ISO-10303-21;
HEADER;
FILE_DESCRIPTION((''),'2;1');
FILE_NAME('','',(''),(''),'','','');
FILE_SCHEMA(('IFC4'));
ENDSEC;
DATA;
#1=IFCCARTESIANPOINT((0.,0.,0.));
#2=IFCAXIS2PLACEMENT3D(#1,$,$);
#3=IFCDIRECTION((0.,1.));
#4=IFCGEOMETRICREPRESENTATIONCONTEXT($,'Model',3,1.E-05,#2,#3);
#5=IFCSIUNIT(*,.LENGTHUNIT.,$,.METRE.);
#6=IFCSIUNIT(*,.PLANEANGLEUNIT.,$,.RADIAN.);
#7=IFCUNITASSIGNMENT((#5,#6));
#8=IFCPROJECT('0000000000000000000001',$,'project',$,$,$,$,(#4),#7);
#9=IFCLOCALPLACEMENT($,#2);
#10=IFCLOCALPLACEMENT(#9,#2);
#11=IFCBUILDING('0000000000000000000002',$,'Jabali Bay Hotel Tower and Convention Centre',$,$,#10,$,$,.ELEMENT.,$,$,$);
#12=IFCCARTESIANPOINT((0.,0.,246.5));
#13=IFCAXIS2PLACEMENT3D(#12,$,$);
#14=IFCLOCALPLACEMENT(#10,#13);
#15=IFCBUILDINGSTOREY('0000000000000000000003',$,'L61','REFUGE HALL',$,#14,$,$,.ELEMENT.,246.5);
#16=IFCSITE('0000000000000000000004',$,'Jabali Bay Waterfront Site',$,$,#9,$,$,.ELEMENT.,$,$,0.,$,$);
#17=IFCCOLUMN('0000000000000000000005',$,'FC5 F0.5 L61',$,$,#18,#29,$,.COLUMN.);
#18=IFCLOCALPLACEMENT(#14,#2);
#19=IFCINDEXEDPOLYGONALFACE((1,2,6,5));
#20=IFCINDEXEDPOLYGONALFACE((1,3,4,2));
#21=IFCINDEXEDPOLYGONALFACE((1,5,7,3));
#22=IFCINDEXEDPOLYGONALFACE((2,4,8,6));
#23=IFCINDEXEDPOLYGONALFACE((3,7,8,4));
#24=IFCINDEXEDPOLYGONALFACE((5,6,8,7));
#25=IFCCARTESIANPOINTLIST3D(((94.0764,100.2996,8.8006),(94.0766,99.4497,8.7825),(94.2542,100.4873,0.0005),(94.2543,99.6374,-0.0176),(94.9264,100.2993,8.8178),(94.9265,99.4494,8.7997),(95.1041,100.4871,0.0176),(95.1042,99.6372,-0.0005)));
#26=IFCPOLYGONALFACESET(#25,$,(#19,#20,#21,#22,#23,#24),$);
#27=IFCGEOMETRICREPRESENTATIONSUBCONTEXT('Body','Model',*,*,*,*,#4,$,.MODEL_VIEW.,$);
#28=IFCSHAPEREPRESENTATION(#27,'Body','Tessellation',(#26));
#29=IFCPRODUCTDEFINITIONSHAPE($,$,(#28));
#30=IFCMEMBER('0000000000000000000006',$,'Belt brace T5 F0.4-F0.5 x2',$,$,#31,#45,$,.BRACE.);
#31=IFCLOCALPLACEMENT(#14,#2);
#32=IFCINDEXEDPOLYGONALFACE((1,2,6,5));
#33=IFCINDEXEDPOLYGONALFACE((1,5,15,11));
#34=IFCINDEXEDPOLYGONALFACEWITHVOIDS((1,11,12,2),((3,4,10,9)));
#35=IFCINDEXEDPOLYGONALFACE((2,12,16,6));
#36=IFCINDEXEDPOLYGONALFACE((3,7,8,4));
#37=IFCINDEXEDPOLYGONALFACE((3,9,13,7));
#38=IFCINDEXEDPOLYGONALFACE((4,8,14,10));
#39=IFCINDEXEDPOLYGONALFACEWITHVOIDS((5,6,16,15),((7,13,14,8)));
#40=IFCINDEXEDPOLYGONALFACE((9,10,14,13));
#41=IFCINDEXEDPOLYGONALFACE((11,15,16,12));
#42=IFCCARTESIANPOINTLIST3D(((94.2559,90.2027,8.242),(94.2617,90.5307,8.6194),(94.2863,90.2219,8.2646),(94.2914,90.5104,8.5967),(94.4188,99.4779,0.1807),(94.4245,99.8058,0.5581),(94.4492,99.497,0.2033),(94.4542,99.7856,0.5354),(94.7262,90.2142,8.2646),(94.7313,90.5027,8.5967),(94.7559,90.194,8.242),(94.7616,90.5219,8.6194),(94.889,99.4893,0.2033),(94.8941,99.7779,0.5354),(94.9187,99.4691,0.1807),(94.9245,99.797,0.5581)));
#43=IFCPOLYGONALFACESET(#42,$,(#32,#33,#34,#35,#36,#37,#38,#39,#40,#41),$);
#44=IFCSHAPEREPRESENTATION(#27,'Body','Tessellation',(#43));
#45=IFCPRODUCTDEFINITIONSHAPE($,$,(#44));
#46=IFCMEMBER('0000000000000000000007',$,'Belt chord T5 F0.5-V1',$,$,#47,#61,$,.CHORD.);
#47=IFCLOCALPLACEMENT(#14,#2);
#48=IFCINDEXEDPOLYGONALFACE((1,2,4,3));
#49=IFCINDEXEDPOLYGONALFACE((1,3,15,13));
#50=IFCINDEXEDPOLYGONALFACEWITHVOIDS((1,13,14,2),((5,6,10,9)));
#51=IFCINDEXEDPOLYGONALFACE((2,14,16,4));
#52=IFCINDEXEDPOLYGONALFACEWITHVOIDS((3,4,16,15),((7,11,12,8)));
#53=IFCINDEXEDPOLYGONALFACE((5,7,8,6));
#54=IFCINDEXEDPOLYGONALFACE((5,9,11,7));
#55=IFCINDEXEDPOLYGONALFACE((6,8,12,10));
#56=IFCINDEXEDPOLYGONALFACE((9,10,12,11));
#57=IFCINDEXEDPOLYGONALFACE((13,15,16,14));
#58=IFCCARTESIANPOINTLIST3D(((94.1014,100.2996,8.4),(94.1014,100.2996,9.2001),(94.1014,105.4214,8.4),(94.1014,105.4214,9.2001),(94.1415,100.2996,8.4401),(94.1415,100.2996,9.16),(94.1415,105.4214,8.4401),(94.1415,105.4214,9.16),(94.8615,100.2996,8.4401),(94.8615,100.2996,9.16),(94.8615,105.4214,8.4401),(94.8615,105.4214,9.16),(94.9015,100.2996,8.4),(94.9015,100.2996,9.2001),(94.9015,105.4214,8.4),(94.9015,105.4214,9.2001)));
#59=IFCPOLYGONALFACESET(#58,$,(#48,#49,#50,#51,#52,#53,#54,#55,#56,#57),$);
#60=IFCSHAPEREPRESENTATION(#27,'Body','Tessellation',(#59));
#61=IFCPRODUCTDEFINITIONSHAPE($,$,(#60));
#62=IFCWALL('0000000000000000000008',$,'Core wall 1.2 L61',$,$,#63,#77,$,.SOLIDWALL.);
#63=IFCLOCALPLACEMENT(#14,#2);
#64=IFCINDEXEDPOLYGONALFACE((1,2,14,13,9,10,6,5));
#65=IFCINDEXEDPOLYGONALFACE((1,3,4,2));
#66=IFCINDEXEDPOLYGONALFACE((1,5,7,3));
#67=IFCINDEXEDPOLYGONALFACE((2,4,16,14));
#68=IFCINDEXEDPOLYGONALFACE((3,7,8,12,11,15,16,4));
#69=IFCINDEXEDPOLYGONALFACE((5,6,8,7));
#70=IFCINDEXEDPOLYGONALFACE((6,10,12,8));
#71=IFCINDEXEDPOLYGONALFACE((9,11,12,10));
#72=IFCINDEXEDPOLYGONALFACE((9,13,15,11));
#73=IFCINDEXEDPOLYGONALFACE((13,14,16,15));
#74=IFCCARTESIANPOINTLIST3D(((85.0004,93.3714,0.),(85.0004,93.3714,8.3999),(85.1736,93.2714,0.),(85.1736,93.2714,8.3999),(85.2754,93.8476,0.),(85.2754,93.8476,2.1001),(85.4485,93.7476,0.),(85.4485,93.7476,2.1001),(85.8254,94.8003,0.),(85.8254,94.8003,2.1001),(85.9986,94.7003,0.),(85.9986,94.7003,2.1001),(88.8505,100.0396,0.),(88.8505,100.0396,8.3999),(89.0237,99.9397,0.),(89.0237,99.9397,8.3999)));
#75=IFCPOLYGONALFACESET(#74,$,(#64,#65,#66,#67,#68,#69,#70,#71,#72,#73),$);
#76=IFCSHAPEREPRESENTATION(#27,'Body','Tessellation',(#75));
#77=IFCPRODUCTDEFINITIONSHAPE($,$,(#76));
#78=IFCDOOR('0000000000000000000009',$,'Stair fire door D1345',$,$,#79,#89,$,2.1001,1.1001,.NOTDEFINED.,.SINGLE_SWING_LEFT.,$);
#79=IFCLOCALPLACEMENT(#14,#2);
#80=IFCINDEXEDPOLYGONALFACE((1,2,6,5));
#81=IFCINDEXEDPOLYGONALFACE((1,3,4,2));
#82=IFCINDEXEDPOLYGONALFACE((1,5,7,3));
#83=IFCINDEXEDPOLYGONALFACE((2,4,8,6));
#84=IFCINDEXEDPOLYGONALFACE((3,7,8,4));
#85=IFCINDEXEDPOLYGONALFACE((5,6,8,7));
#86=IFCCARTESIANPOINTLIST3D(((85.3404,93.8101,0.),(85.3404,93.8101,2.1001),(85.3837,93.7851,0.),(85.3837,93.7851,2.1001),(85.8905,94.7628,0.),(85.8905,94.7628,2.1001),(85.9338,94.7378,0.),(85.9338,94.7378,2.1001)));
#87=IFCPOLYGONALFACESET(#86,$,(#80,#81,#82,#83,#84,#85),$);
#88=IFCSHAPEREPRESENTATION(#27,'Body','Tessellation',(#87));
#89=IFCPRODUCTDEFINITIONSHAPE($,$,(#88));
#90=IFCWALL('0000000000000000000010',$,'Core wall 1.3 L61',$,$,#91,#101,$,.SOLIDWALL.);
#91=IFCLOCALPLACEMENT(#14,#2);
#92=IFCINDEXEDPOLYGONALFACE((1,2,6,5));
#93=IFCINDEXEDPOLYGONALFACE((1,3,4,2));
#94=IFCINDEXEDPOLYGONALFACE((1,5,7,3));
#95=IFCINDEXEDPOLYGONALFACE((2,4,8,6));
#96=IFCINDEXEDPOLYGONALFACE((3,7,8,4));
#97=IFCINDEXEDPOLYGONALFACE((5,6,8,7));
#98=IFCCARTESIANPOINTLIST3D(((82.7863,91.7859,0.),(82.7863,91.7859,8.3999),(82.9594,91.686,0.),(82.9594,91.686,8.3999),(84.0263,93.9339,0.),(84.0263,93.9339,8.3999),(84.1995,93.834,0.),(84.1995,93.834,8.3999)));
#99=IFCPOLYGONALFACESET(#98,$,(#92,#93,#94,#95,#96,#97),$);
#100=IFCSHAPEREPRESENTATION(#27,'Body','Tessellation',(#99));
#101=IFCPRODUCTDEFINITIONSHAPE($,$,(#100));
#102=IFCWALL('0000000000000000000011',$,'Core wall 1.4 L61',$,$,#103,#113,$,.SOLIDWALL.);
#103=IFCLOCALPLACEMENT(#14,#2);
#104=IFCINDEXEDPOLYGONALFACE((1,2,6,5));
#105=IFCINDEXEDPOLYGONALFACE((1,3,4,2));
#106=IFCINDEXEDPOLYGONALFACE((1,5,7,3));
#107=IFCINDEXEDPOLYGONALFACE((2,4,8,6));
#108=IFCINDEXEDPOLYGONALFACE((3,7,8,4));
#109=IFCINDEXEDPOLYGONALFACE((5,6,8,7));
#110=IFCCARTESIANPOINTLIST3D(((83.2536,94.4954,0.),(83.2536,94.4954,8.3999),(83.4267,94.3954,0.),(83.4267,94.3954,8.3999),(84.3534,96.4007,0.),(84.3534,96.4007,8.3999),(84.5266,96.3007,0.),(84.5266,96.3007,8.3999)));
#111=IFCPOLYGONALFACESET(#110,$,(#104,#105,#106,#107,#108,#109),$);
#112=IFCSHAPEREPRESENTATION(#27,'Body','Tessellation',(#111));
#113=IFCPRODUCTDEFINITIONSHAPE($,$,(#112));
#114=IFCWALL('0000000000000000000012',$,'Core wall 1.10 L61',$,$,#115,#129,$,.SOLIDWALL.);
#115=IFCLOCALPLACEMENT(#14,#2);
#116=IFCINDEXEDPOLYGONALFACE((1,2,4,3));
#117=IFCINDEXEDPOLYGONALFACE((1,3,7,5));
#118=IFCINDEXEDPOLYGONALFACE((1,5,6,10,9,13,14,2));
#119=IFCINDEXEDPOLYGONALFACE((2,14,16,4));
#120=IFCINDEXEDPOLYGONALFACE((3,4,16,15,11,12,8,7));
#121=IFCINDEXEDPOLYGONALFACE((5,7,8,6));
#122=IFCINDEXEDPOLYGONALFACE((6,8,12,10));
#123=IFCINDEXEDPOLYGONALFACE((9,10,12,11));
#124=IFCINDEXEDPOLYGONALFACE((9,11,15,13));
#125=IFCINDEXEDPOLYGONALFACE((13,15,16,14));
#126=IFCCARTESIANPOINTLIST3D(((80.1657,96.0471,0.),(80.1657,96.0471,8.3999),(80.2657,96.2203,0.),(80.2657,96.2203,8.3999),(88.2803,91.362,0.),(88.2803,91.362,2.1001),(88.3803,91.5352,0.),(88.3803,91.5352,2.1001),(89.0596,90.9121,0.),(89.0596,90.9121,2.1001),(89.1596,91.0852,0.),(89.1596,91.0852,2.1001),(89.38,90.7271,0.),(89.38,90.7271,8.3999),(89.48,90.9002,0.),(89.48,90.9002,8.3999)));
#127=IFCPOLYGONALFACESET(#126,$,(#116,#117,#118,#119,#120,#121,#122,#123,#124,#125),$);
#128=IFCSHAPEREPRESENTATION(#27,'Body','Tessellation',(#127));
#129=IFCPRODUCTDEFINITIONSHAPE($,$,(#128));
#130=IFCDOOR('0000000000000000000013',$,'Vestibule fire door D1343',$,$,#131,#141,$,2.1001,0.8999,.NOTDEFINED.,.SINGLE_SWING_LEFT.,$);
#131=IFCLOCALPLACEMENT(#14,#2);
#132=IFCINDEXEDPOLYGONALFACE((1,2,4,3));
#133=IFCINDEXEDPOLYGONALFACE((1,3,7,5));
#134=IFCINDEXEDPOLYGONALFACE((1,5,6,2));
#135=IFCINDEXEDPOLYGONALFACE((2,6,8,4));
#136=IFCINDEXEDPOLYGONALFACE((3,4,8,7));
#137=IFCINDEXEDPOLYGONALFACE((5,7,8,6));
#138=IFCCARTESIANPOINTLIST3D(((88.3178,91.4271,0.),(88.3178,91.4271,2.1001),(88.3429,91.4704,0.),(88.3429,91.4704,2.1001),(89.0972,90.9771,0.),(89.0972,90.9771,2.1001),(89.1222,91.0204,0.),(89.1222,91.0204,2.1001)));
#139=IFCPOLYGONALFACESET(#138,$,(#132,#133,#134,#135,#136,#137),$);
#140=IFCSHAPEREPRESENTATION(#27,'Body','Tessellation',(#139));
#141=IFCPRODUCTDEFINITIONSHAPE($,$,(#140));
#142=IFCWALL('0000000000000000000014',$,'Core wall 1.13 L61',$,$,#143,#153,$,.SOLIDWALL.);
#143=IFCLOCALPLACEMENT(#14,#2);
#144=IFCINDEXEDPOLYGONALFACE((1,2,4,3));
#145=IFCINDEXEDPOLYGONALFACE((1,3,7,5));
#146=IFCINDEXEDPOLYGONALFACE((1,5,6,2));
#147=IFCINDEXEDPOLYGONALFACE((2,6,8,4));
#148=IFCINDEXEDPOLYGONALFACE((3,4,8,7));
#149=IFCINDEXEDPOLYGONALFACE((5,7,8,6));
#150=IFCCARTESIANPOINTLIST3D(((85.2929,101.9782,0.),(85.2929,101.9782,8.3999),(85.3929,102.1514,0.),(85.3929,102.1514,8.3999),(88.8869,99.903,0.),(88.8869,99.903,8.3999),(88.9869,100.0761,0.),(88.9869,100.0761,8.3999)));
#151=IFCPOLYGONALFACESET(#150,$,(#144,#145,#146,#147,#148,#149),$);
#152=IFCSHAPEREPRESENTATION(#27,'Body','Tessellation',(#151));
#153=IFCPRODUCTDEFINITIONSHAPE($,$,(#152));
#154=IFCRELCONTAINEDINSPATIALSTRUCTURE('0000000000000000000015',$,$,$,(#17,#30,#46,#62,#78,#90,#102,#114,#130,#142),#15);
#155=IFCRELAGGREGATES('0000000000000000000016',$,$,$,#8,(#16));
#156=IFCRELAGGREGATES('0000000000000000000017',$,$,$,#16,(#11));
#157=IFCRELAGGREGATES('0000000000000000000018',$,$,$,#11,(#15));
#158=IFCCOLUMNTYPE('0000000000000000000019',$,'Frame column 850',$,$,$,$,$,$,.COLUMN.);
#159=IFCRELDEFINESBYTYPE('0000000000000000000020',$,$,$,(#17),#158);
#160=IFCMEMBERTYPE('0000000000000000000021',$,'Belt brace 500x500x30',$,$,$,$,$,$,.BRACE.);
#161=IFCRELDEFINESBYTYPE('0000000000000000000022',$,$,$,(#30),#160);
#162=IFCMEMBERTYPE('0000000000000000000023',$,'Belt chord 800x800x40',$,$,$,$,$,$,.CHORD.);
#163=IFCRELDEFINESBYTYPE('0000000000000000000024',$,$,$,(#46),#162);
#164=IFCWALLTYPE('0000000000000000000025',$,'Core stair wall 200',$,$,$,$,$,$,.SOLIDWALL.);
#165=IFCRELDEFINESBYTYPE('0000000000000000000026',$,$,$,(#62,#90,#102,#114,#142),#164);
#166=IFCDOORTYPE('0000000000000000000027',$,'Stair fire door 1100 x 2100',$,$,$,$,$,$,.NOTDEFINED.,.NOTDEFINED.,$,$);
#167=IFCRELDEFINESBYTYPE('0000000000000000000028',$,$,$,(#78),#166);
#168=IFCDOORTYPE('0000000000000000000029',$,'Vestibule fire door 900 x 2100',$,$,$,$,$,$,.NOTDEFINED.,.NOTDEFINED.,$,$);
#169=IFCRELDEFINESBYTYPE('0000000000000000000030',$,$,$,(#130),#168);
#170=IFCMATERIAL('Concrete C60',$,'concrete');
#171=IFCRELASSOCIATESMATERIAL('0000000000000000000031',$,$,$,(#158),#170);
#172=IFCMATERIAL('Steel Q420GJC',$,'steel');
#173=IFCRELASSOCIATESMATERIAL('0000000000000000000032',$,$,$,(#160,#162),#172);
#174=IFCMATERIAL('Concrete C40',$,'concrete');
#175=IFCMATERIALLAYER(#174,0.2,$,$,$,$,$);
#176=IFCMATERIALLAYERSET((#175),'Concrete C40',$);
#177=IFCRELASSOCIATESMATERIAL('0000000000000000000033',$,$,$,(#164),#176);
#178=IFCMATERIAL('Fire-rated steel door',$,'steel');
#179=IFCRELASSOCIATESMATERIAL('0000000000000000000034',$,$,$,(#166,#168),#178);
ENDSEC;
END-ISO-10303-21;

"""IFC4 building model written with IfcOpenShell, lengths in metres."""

from ifc_helpers import new_model, si_unit, direction, frame, frame_2d, origin, origin_2d, place, context, subcontext, project, spatial, rectangle, hollow_rectangle, extrude, material, layer, layer_set, material_profile, profile_set, type_object, element, fill, save


model = new_model("IFC4")

# Units and contexts
model_context = context("Model", 3, precision=1e-05, world=origin(), true_north=direction((0.0, 1.0)))
body_context = subcontext(model_context, "Body", "Model", "MODEL_VIEW")
ifc_project = project(units=[si_unit("LENGTHUNIT", "METRE"), si_unit("PLANEANGLEUNIT", "RADIAN")], contexts=[model_context])

# Site, building, storey
site_placement = place(None, origin())
site = spatial("IfcSite", under=ifc_project, at=site_placement, Name="Jabali Bay Waterfront Site", CompositionType="ELEMENT", RefElevation=0.0)
building_placement = place(site_placement, origin())
building = spatial("IfcBuilding", under=site, at=building_placement, Name="Jabali Bay Hotel Tower and Convention Centre", CompositionType="ELEMENT")
storey_placement = place(building_placement, frame((0.0, 0.0, 246.5)))
storey = spatial("IfcBuildingStorey", under=building, at=storey_placement, Name="L61", Description="REFUGE HALL", CompositionType="ELEMENT", Elevation=246.5)

# Column
ifc_material_1 = material(Name="Concrete C60", Category="concrete")
ifc_material_profile_1 = material_profile(ifc_material_1, rectangle(XDim=0.8501, YDim=0.8501, at=origin_2d()), Name="Frame column 850")
ifc_profile_set_1 = profile_set([ifc_material_profile_1], Name="Concrete C60")
column_type = type_object("IfcColumnType", Name="Frame column 850", PredefinedType="COLUMN", material=ifc_profile_set_1)
column_placement = place(storey_placement, frame((94.6792, 100.0623, 0.0), z_axis=(-0.020188, -0.021325, 0.999569), x_axis=(0.999796, -0.000296, 0.020187)))
element("IfcColumn", 1, at=column_placement, inside=storey, type_object=column_type, Name="FC5 F0.5 L61", PredefinedType="COLUMN", context=body_context, shape_type="SweptSolid", body=[
    extrude(rectangle(XDim=0.8501, YDim=0.8501, at=origin_2d()), origin(), (0.0, 0.0, 1.0), 8.804),
])

# Members
ifc_material_2 = material(Name="Steel Q420GJC", Category="steel")
ifc_material_profile_2 = material_profile(ifc_material_2, hollow_rectangle(XDim=0.5, YDim=0.5, WallThickness=0.03, at=origin_2d()), Name="Belt brace 500x500x30")
ifc_profile_set_2 = profile_set([ifc_material_profile_2], Name="Steel Q420GJC")
member_type_1 = type_object("IfcMemberType", Name="Belt brace 500x500x30", PredefinedType="BRACE", material=ifc_profile_set_2)
member_1_placement = place(storey_placement, frame((94.6716, 99.6375, 0.3694), z_axis=(-0.01325, -0.754703, 0.655933), x_axis=(0.999846, -0.017554, 0.0)))
element("IfcMember", 2, at=member_1_placement, inside=storey, type_object=member_type_1, Name="Belt brace T5 F0.4-F0.5 x2", PredefinedType="BRACE", context=body_context, shape_type="SweptSolid", body=[
    extrude(hollow_rectangle(XDim=0.5, YDim=0.5, WallThickness=0.03, at=origin_2d()), origin(), (0.0, 0.0, 1.0), 12.2898),
])
ifc_material_profile_3 = material_profile(ifc_material_2, hollow_rectangle(XDim=0.8, YDim=0.8, WallThickness=0.04, at=origin_2d()), Name="Belt chord 800x800x40")
ifc_profile_set_3 = profile_set([ifc_material_profile_3], Name="Steel Q420GJC")
member_type_2 = type_object("IfcMemberType", Name="Belt chord 800x800x40", PredefinedType="CHORD", material=ifc_profile_set_3)
member_2_placement = place(storey_placement, frame((94.5015, 100.2996, 8.8), z_axis=(0.0, 1.0, 0.0), x_axis=(-1.0, 0.0, 0.0)))
element("IfcMember", 3, at=member_2_placement, inside=storey, type_object=member_type_2, Name="Belt chord T5 F0.5-V1", PredefinedType="CHORD", context=body_context, shape_type="SweptSolid", body=[
    extrude(hollow_rectangle(XDim=0.8, YDim=0.8, WallThickness=0.04, at=origin_2d()), origin(), (0.0, 0.0, 1.0), 5.1218),
])

# Wall, opening, door
ifc_material_3 = material(Name="Concrete C40", Category="concrete")
ifc_layer = layer(ifc_material_3, 0.2)
ifc_layer_set = layer_set([ifc_layer], Name="Concrete C40")
wall_type = type_object("IfcWallType", Name="Core stair wall 200", PredefinedType="SOLIDWALL", material=ifc_layer_set)
wall_1_placement = place(storey_placement, frame((85.0869, 93.3213, 0.0), z_axis=(0.0, 0.0, 1.0), x_axis=(0.50002, 0.866014, 0.0)))
wall_1 = element("IfcWall", 4, at=wall_1_placement, inside=storey, type_object=wall_type, Name="Core wall 1.2 L61", PredefinedType="SOLIDWALL", context=body_context, shape_type="SweptSolid", body=[
    extrude(rectangle(XDim=7.7, YDim=0.2, at=frame_2d((3.8501, 0.0))), origin(), (0.0, 0.0, 1.0), 8.3999),
])
opening_1_placement = place(wall_1_placement, frame((0.55, 0.0, 0.0)))
opening_1 = element("IfcOpeningElement", 5, at=opening_1_placement, cuts=wall_1, PredefinedType="OPENING", context=body_context, shape_type="SweptSolid", body=[
    extrude(rectangle(XDim=1.1001, YDim=2.1001, at=frame_2d((0.55, 1.05))), frame((0.0, 0.1104, 0.0), z_axis=(0.0, -1.0, 0.0), x_axis=(1.0, 0.0, 0.0)), (0.0, 0.0, 1.0), 0.2209),
])
ifc_material_4 = material(Name="Fire-rated steel door", Category="steel")
door_type_1 = type_object("IfcDoorType", Name="Stair fire door 1100 x 2100", OperationType="NOTDEFINED", PredefinedType="NOTDEFINED", material=ifc_material_4)
door_1_placement = place(opening_1_placement, origin())
door_1 = element("IfcDoor", 6, at=door_1_placement, inside=storey, type_object=door_type_1, Name="Stair fire door D1345", OperationType="SINGLE_SWING_LEFT", OverallHeight=2.1001, OverallWidth=1.1001, PredefinedType="NOTDEFINED", context=body_context, shape_type="SweptSolid", body=[
    extrude(rectangle(XDim=1.1001, YDim=2.1001, at=frame_2d((0.55, 1.05))), frame((0.0, 0.0249, 0.0), z_axis=(0.0, -1.0, 0.0), x_axis=(1.0, 0.0, 0.0)), (0.0, 0.0, 1.0), 0.05),
])
fill(opening_1, door_1)

# Walls
wall_2_placement = place(storey_placement, frame((82.8728, 91.7358, 0.0), z_axis=(0.0, 0.0, 1.0), x_axis=(0.499961, 0.866048, 0.0)))
element("IfcWall", 7, at=wall_2_placement, inside=storey, type_object=wall_type, Name="Core wall 1.3 L61", PredefinedType="SOLIDWALL", context=body_context, shape_type="SweptSolid", body=[
    extrude(rectangle(XDim=2.4802, YDim=0.2, at=frame_2d((1.2402, 0.0))), origin(), (0.0, 0.0, 1.0), 8.3999),
])
wall_3_placement = place(storey_placement, frame((83.3401, 94.4453, 0.0), z_axis=(0.0, 0.0, 1.0), x_axis=(0.499947, 0.866056, 0.0)))
element("IfcWall", 8, at=wall_3_placement, inside=storey, type_object=wall_type, Name="Core wall 1.4 L61", PredefinedType="SOLIDWALL", context=body_context, shape_type="SweptSolid", body=[
    extrude(rectangle(XDim=2.2, YDim=0.2, at=frame_2d((1.1001, 0.0))), origin(), (0.0, 0.0, 1.0), 8.3999),
])

# Wall, opening, door
wall_4_placement = place(storey_placement, frame((89.4299, 90.8137, 0.0), z_axis=(0.0, 0.0, 1.0), x_axis=(-0.866019, 0.500011, 0.0)))
wall_4 = element("IfcWall", 9, at=wall_4_placement, inside=storey, type_object=wall_type, Name="Core wall 1.10 L61", PredefinedType="SOLIDWALL", context=body_context, shape_type="SweptSolid", body=[
    extrude(rectangle(XDim=10.6399, YDim=0.2, at=frame_2d((5.3198, 0.0))), origin(), (0.0, 0.0, 1.0), 8.3999),
])
opening_2_placement = place(wall_4_placement, frame((0.3699, 0.0, 0.0)))
opening_2 = element("IfcOpeningElement", 10, at=opening_2_placement, cuts=wall_4, PredefinedType="OPENING", context=body_context, shape_type="SweptSolid", body=[
    extrude(rectangle(XDim=0.8999, YDim=2.1001, at=frame_2d((0.45, 1.05))), frame((0.0, 0.1104, 0.0), z_axis=(0.0, -1.0, 0.0), x_axis=(1.0, 0.0, 0.0)), (0.0, 0.0, 1.0), 0.2209),
])
door_type_2 = type_object("IfcDoorType", Name="Vestibule fire door 900 x 2100", OperationType="NOTDEFINED", PredefinedType="NOTDEFINED", material=ifc_material_4)
door_2_placement = place(opening_2_placement, origin())
door_2 = element("IfcDoor", 11, at=door_2_placement, inside=storey, type_object=door_type_2, Name="Vestibule fire door D1343", OperationType="SINGLE_SWING_LEFT", OverallHeight=2.1001, OverallWidth=0.8999, PredefinedType="NOTDEFINED", context=body_context, shape_type="SweptSolid", body=[
    extrude(rectangle(XDim=0.8999, YDim=2.1001, at=frame_2d((0.45, 1.05))), frame((0.0, 0.0249, 0.0), z_axis=(0.0, -1.0, 0.0), x_axis=(1.0, 0.0, 0.0)), (0.0, 0.0, 1.0), 0.05),
])
fill(opening_2, door_2)

# Wall
wall_5_placement = place(storey_placement, frame((88.937, 99.9895, 0.0), z_axis=(0.0, 0.0, 1.0), x_axis=(-0.866004, 0.500036, 0.0)))
element("IfcWall", 12, at=wall_5_placement, inside=storey, type_object=wall_type, Name="Core wall 1.13 L61", PredefinedType="SOLIDWALL", context=body_context, shape_type="SweptSolid", body=[
    extrude(rectangle(XDim=4.1501, YDim=0.2, at=frame_2d((2.0752, 0.0))), origin(), (0.0, 0.0, 1.0), 8.3999),
])

save(model, "model.ifc")
